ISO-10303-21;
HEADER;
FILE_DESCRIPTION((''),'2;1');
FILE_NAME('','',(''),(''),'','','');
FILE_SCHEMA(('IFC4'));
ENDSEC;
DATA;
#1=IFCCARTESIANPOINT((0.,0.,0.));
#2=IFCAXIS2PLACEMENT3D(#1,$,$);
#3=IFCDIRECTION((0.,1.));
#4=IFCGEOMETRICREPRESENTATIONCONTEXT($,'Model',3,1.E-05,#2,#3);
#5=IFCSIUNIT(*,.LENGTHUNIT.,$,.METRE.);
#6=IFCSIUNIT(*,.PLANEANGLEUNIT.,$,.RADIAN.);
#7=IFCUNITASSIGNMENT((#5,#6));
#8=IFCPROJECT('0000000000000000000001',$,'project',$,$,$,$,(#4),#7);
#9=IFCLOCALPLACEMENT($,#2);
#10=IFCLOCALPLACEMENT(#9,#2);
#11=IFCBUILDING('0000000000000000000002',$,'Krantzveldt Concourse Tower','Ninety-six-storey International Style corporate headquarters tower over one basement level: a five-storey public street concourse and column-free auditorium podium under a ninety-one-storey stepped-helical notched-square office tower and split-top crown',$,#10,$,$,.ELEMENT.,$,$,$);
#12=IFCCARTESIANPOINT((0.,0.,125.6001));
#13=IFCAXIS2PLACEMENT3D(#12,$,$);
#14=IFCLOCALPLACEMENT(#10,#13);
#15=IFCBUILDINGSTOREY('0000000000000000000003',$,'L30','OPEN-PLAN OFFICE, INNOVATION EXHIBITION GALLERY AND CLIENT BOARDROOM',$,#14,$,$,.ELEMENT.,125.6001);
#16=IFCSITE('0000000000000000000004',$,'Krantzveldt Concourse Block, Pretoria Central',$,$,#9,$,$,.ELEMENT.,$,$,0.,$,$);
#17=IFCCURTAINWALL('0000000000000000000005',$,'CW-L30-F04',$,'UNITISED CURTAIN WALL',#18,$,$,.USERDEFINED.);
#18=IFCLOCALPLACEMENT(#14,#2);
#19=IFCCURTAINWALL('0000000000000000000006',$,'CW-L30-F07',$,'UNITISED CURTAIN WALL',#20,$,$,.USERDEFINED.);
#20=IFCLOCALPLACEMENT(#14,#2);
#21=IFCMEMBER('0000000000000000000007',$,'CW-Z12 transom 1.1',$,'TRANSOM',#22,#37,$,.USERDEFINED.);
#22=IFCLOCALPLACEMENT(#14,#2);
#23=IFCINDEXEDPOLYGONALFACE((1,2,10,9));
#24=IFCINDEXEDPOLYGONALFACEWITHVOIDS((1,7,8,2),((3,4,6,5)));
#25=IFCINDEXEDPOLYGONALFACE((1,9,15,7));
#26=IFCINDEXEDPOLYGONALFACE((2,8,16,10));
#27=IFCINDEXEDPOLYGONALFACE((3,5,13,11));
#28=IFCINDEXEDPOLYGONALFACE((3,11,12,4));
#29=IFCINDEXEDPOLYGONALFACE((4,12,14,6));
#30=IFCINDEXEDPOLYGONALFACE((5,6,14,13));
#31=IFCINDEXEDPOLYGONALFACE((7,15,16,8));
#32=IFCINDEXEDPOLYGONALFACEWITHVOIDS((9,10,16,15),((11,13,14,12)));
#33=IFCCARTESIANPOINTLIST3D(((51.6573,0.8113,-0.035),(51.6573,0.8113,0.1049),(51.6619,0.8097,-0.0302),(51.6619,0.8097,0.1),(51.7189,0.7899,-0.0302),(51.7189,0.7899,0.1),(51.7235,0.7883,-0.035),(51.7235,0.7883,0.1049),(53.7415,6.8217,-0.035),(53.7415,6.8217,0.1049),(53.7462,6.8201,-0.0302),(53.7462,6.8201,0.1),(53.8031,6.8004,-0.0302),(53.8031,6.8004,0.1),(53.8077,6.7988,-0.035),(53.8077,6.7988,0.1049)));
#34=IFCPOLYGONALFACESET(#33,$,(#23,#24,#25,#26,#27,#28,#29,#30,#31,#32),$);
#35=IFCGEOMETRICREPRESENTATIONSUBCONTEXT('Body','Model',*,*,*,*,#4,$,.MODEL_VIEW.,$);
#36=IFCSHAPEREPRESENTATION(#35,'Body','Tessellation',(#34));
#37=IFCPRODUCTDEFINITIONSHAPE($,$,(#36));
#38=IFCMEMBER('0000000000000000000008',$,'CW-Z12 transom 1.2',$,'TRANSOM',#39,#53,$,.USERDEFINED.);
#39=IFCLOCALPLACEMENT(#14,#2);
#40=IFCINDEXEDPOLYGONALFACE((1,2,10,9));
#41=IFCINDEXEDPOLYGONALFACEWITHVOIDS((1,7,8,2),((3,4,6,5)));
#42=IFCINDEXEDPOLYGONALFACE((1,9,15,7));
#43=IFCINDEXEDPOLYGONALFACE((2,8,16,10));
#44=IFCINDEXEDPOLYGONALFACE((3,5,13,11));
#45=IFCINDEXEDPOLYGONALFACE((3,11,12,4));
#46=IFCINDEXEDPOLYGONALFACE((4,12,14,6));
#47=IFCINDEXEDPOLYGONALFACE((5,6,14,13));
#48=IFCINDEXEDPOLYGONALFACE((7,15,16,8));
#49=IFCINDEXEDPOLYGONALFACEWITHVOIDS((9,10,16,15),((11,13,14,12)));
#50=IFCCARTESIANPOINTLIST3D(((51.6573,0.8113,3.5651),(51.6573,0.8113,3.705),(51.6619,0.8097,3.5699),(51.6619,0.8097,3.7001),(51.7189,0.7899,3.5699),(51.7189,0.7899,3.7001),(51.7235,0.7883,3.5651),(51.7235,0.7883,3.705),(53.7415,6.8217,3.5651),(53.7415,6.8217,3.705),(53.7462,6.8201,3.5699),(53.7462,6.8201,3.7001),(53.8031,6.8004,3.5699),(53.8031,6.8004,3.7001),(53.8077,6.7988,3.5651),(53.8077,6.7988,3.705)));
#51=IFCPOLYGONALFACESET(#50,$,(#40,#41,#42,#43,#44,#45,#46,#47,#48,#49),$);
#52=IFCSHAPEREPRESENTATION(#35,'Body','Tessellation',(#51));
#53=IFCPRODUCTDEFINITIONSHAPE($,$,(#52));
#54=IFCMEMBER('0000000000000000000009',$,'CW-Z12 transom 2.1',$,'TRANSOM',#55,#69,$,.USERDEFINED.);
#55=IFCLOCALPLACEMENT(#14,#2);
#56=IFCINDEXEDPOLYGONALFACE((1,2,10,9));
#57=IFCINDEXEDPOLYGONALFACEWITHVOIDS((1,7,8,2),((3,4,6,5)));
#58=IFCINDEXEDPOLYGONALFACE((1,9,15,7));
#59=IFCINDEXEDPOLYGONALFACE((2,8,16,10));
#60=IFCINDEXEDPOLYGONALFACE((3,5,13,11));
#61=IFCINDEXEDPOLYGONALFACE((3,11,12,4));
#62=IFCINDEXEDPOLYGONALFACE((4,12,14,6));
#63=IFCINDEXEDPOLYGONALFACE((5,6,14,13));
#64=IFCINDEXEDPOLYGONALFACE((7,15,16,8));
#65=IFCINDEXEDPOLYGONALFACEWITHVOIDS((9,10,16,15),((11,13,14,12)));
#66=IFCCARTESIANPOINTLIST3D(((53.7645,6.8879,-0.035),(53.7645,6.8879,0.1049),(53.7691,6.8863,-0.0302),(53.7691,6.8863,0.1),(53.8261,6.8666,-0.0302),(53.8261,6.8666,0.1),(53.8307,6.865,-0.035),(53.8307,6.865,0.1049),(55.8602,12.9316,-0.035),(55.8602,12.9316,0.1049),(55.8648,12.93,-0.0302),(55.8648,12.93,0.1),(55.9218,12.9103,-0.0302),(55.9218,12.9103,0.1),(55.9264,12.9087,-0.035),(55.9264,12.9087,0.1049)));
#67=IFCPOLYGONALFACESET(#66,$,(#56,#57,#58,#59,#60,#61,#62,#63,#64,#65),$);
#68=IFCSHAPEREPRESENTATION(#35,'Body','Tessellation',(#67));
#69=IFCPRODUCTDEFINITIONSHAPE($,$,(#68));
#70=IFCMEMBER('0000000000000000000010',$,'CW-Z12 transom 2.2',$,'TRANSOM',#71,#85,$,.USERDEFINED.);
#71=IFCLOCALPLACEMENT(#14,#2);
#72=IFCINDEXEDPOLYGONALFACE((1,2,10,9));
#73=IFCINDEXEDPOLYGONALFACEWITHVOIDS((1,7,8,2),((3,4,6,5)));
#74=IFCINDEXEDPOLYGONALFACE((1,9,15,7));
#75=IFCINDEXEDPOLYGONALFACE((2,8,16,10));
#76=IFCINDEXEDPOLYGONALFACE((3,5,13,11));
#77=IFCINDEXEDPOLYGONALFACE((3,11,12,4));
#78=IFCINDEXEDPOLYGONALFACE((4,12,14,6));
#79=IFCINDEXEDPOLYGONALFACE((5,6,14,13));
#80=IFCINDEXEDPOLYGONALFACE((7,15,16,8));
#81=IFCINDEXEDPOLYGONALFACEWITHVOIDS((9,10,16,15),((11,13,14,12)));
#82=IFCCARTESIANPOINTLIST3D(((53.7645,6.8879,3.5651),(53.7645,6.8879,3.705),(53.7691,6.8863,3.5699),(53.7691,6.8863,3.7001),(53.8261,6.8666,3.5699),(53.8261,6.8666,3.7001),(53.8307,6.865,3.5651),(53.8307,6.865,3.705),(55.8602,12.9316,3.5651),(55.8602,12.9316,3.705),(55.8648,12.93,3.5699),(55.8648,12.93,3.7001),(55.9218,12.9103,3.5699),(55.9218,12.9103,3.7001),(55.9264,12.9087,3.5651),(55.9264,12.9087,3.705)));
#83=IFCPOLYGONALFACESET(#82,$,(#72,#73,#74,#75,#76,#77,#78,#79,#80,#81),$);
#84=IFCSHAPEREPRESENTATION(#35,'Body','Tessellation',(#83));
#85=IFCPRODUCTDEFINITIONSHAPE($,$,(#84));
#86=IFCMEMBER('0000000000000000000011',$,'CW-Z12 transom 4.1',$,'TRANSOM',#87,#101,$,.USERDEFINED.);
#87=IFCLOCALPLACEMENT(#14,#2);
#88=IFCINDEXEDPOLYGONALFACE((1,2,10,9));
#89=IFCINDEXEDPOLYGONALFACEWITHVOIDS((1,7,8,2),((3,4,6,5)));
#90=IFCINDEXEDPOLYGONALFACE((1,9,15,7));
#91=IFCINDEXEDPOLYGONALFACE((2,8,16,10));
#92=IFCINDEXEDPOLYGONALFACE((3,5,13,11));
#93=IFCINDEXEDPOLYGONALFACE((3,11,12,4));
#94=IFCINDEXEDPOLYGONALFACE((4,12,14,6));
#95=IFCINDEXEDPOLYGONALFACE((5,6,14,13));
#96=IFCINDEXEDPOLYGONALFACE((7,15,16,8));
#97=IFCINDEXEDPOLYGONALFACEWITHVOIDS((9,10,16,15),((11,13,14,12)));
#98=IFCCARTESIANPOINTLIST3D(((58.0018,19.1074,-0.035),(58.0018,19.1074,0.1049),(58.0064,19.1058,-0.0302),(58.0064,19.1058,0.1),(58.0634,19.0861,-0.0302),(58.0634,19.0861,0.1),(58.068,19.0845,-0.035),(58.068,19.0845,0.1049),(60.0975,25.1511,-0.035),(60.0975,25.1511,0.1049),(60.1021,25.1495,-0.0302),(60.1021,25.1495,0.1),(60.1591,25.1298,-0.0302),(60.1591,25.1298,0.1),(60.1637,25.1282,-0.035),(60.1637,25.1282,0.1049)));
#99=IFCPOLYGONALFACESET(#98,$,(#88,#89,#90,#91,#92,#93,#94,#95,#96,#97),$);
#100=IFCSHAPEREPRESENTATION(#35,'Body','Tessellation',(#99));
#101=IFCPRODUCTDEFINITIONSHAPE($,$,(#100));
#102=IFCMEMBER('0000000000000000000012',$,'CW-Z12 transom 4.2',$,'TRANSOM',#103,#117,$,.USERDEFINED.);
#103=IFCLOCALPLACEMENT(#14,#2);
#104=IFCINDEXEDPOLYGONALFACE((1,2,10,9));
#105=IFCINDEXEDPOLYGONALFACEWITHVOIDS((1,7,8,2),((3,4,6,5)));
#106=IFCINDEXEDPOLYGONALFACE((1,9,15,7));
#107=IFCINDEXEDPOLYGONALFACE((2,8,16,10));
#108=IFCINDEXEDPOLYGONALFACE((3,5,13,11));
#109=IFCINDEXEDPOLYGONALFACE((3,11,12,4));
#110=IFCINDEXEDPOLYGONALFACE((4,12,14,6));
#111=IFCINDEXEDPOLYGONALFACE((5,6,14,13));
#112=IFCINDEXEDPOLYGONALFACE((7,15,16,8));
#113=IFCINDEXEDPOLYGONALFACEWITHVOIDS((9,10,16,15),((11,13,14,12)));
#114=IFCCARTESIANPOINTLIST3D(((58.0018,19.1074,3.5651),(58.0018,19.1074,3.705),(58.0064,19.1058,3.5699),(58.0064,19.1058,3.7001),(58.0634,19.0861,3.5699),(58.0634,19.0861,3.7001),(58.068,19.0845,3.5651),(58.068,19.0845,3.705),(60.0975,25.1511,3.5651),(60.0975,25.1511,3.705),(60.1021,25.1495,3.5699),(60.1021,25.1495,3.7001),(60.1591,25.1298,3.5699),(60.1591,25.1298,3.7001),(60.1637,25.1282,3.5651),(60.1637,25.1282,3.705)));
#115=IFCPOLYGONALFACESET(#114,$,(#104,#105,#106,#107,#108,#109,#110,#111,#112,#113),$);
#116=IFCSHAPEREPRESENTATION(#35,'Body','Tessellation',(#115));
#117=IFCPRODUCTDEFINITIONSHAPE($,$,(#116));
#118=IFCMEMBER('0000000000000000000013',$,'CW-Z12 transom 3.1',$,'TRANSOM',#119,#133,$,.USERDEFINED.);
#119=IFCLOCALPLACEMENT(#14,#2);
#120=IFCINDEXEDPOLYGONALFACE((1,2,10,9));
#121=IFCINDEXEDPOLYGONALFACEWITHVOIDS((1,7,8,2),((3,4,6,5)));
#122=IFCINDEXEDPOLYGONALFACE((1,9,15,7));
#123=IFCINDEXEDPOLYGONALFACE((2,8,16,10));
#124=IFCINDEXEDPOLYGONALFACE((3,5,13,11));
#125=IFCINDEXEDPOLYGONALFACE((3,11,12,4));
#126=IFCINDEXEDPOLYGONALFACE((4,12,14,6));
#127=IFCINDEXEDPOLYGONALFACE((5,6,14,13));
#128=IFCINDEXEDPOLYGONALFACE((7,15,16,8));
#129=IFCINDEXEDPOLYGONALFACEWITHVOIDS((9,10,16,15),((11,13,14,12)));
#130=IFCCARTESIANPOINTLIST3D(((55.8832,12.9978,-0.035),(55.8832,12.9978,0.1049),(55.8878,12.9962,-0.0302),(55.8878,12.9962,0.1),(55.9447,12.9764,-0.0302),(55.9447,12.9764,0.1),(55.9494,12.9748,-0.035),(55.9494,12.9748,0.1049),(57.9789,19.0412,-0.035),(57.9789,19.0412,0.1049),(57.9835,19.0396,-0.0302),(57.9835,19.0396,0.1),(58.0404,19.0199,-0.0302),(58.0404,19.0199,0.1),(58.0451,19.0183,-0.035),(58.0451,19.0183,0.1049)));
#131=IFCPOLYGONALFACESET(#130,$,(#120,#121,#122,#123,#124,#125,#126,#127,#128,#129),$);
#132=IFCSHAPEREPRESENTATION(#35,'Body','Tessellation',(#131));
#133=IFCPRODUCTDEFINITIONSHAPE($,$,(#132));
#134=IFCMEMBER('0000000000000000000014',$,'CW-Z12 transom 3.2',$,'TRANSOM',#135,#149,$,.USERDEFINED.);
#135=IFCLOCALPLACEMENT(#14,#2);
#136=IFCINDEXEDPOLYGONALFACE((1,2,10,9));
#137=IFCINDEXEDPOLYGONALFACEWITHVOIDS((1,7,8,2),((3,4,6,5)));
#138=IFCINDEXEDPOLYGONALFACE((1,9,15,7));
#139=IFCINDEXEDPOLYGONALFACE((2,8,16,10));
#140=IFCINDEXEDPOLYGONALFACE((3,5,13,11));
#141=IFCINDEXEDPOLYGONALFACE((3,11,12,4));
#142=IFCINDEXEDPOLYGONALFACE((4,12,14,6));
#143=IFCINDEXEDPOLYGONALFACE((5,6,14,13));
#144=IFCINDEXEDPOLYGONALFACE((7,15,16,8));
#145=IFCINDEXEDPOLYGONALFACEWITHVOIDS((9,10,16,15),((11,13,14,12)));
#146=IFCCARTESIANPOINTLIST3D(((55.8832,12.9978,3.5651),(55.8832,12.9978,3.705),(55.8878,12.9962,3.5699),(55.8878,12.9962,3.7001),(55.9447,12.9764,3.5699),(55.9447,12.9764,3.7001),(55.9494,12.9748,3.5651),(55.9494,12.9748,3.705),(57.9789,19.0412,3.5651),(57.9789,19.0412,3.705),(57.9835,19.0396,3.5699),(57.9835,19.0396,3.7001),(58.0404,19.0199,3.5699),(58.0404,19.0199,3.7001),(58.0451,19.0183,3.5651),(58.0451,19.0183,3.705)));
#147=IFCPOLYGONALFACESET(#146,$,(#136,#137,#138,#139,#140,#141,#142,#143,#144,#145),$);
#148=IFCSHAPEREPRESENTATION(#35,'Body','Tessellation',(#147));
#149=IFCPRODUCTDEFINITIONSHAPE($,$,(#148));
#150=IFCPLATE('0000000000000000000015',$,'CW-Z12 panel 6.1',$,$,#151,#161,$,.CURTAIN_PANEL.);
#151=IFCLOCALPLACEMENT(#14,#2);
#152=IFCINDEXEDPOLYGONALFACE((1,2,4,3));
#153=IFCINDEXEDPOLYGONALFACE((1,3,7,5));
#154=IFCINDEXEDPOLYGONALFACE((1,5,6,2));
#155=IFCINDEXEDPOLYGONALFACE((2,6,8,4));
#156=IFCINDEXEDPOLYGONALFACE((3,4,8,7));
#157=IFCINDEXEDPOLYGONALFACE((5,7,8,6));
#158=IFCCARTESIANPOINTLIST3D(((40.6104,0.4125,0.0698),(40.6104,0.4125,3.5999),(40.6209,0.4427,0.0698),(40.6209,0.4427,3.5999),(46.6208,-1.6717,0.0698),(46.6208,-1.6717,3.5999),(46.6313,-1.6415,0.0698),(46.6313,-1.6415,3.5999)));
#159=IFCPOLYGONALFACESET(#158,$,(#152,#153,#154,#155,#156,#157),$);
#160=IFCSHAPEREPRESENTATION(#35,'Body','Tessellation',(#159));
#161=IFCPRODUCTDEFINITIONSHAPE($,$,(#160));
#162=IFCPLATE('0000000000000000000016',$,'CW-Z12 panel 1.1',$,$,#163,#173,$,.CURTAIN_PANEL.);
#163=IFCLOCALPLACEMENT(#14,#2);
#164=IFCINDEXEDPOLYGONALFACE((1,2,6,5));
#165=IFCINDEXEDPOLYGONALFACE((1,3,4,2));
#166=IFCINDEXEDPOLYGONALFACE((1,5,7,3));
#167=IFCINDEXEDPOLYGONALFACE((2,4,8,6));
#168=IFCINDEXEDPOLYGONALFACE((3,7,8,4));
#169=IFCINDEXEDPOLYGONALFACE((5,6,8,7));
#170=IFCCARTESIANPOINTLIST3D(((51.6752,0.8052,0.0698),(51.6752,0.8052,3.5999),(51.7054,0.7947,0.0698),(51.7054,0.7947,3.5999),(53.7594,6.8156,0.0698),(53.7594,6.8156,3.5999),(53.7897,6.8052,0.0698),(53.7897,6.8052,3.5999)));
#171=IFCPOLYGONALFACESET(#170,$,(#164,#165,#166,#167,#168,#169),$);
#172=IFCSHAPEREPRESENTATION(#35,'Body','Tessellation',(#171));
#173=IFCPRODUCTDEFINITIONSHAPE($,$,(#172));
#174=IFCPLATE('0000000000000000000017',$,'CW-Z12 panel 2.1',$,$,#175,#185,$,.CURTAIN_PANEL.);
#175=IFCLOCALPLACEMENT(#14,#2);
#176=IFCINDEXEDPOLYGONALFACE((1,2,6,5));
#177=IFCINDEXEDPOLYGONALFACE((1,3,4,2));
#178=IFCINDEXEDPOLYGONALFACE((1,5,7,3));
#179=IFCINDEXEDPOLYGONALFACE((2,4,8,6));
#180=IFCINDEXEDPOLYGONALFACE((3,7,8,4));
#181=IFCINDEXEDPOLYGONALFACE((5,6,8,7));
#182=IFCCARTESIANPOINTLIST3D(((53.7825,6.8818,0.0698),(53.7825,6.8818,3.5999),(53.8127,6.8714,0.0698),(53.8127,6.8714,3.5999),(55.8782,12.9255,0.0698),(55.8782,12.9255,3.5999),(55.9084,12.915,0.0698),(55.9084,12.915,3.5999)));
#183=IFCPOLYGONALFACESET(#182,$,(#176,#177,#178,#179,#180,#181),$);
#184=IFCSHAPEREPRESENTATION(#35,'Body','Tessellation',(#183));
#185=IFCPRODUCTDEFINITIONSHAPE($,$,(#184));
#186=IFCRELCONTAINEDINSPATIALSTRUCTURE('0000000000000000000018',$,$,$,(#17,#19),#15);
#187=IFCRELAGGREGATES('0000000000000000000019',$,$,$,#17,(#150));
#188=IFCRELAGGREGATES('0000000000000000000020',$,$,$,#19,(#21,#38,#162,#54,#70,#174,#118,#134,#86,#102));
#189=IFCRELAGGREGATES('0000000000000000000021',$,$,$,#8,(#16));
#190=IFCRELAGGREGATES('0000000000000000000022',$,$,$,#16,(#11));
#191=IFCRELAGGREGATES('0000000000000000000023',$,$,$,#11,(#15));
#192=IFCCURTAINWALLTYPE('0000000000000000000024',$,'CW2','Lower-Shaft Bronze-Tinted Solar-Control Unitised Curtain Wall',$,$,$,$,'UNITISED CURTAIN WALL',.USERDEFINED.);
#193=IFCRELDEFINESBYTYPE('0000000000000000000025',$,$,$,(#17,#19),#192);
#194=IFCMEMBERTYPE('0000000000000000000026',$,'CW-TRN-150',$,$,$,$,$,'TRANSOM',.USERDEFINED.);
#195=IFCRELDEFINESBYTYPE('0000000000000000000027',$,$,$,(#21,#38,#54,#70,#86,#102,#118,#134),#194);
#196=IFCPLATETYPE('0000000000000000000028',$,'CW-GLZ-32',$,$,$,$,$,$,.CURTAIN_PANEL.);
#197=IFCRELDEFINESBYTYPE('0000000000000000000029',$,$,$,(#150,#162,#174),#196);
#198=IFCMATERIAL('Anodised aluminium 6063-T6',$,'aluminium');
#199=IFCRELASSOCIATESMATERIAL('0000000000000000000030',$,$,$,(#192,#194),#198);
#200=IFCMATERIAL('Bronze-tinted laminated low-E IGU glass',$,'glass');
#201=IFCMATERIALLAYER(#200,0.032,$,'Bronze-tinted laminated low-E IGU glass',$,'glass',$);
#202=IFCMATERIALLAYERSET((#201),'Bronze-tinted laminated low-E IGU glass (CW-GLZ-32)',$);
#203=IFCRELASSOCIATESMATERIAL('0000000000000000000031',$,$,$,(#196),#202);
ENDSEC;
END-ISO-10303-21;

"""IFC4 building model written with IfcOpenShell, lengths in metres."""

from ifc_helpers import new_model, si_unit, direction, frame, origin, origin_2d, place, context, subcontext, project, spatial, rectangle, hollow_rectangle, extrude, source, transform, mapped, material, layer, layer_set, material_profile, profile_set, type_object, type_shapes, element, aggregate, save


model = new_model("IFC4")

# Units and contexts
model_context = context("Model", 3, precision=1e-05, world=origin(), true_north=direction((0.0, 1.0)))
body_context = subcontext(model_context, "Body", "Model", "MODEL_VIEW")
ifc_project = project(units=[si_unit("LENGTHUNIT", "METRE"), si_unit("PLANEANGLEUNIT", "RADIAN")], contexts=[model_context])

# Site, building, storey
site_placement = place(None, origin())
site = spatial("IfcSite", under=ifc_project, at=site_placement, Name="Krantzveldt Concourse Block, Pretoria Central", CompositionType="ELEMENT", RefElevation=0.0)
building_placement = place(site_placement, origin())
building = spatial("IfcBuilding", under=site, at=building_placement, Name="Krantzveldt Concourse Tower", Description="Ninety-six-storey International Style corporate headquarters tower over one basement level: a five-storey public street concourse and column-free auditorium podium under a ninety-one-storey stepped-helical notched-square office tower and split-top crown", CompositionType="ELEMENT")
storey_placement = place(building_placement, frame((0.0, 0.0, 125.6001)))
storey = spatial("IfcBuildingStorey", under=building, at=storey_placement, Name="L30", Description="OPEN-PLAN OFFICE, INNOVATION EXHIBITION GALLERY AND CLIENT BOARDROOM", CompositionType="ELEMENT", Elevation=125.6001)

# Curtain wall
ifc_material_1 = material(Name="Anodised aluminium 6063-T6", Category="aluminium")
curtain_wall_type = type_object("IfcCurtainWallType", Name="CW2", Description="Lower-Shaft Bronze-Tinted Solar-Control Unitised Curtain Wall", ElementType="UNITISED CURTAIN WALL", PredefinedType="USERDEFINED", material=ifc_material_1)
curtain_wall_1_placement = place(storey_placement, origin())
curtain_wall_1 = element("IfcCurtainWall", 1, at=curtain_wall_1_placement, inside=storey, type_object=curtain_wall_type, Name="CW-L30-F04", ObjectType="UNITISED CURTAIN WALL", PredefinedType="USERDEFINED")

# Curtain wall, members
curtain_wall_2_placement = place(storey_placement, origin())
curtain_wall_2 = element("IfcCurtainWall", 2, at=curtain_wall_2_placement, inside=storey, type_object=curtain_wall_type, Name="CW-L30-F07", ObjectType="UNITISED CURTAIN WALL", PredefinedType="USERDEFINED")
ifc_material_profile_1 = material_profile(ifc_material_1, hollow_rectangle(XDim=0.0701, YDim=0.1399, WallThickness=0.0049, at=origin_2d()), Name="Anodised aluminium 6063-T6", Category="aluminium")
ifc_profile_set_1 = profile_set([ifc_material_profile_1], Name="Anodised aluminium 6063-T6 - ALU-TRAN 140x70x5")
member_type_1 = type_object("IfcMemberType", Name="CW-TRN-150", ElementType="TRANSOM", PredefinedType="USERDEFINED", material=ifc_profile_set_1)
shared_shape_1 = source(origin(), body_context, "Body", "SweptSolid", [
    extrude(hollow_rectangle(XDim=0.0701, YDim=0.1399, WallThickness=0.0049, at=origin_2d()), origin(), (0.0, 0.0, 1.0), 6.3616),
])
member_1_placement = place(storey_placement, frame((51.6904, 0.7998, 0.0349), z_axis=(0.327626, 0.944808, 0.0), x_axis=(-0.944808, 0.327626, 0.0)))
member_1 = element("IfcMember", 3, at=member_1_placement, type_object=member_type_1, Name="CW-Z12 transom 1.1", ObjectType="TRANSOM", PredefinedType="USERDEFINED", context=body_context, shape_type="MappedRepresentation", body=[
    mapped(shared_shape_1, transform((0.0, 0.0, 0.0), x_axis=(1.0, 0.0, 0.0), y_axis=(0.0, 1.0, 0.0), z_axis=(0.0, 0.0, 1.0), scale=1.0)),
])
member_2_placement = place(storey_placement, frame((51.6904, 0.7998, 3.635), z_axis=(0.327626, 0.944808, 0.0), x_axis=(-0.944808, 0.327626, 0.0)))
member_2 = element("IfcMember", 4, at=member_2_placement, type_object=member_type_1, Name="CW-Z12 transom 1.2", ObjectType="TRANSOM", PredefinedType="USERDEFINED", context=body_context, shape_type="MappedRepresentation", body=[
    mapped(shared_shape_1, transform((0.0, 0.0, 0.0), x_axis=(1.0, 0.0, 0.0), y_axis=(0.0, 1.0, 0.0), z_axis=(0.0, 0.0, 1.0), scale=1.0)),
])
shared_shape_2 = source(origin(), body_context, "Body", "SweptSolid", [
    extrude(hollow_rectangle(XDim=0.0701, YDim=0.1399, WallThickness=0.0049, at=origin_2d()), origin(), (0.0, 0.0, 1.0), 6.3967),
])
member_3_placement = place(storey_placement, frame((53.7976, 6.8765, 0.0349), z_axis=(0.32762, 0.944809, 0.0), x_axis=(-0.944809, 0.32762, 0.0)))
member_3 = element("IfcMember", 5, at=member_3_placement, type_object=member_type_1, Name="CW-Z12 transom 2.1", ObjectType="TRANSOM", PredefinedType="USERDEFINED", context=body_context, shape_type="MappedRepresentation", body=[
    mapped(shared_shape_2, transform((0.0, 0.0, 0.0), x_axis=(1.0, 0.0, 0.0), y_axis=(0.0, 1.0, 0.0), z_axis=(0.0, 0.0, 1.0), scale=1.0)),
])
member_4_placement = place(storey_placement, frame((53.7976, 6.8765, 3.635), z_axis=(0.32762, 0.944809, 0.0), x_axis=(-0.944809, 0.32762, 0.0)))
member_4 = element("IfcMember", 6, at=member_4_placement, type_object=member_type_1, Name="CW-Z12 transom 2.2", ObjectType="TRANSOM", PredefinedType="USERDEFINED", context=body_context, shape_type="MappedRepresentation", body=[
    mapped(shared_shape_2, transform((0.0, 0.0, 0.0), x_axis=(1.0, 0.0, 0.0), y_axis=(0.0, 1.0, 0.0), z_axis=(0.0, 0.0, 1.0), scale=1.0)),
])
member_5_placement = place(storey_placement, frame((58.0349, 19.0959, 0.0349), z_axis=(0.32762, 0.944809, 0.0), x_axis=(-0.944809, 0.32762, 0.0)))
member_5 = element("IfcMember", 7, at=member_5_placement, type_object=member_type_1, Name="CW-Z12 transom 4.1", ObjectType="TRANSOM", PredefinedType="USERDEFINED", context=body_context, shape_type="MappedRepresentation", body=[
    mapped(shared_shape_2, transform((0.0, 0.0, 0.0), x_axis=(1.0, 0.0, 0.0), y_axis=(0.0, 1.0, 0.0), z_axis=(0.0, 0.0, 1.0), scale=1.0)),
])
member_6_placement = place(storey_placement, frame((58.0349, 19.0959, 3.635), z_axis=(0.32762, 0.944809, 0.0), x_axis=(-0.944809, 0.32762, 0.0)))
member_6 = element("IfcMember", 8, at=member_6_placement, type_object=member_type_1, Name="CW-Z12 transom 4.2", ObjectType="TRANSOM", PredefinedType="USERDEFINED", context=body_context, shape_type="MappedRepresentation", body=[
    mapped(shared_shape_2, transform((0.0, 0.0, 0.0), x_axis=(1.0, 0.0, 0.0), y_axis=(0.0, 1.0, 0.0), z_axis=(0.0, 0.0, 1.0), scale=1.0)),
])
shared_shape_3 = source(origin(), body_context, "Body", "SweptSolid", [
    extrude(hollow_rectangle(XDim=0.0701, YDim=0.1399, WallThickness=0.0049, at=origin_2d()), origin(), (0.0, 0.0, 1.0), 6.3965),
])
type_shapes(member_type_1, [shared_shape_1, shared_shape_2, shared_shape_3])
member_7_placement = place(storey_placement, frame((55.9163, 12.9863, 0.0349), z_axis=(0.327632, 0.944805, 0.0), x_axis=(-0.944805, 0.327632, 0.0)))
member_7 = element("IfcMember", 9, at=member_7_placement, type_object=member_type_1, Name="CW-Z12 transom 3.1", ObjectType="TRANSOM", PredefinedType="USERDEFINED", context=body_context, shape_type="MappedRepresentation", body=[
    mapped(shared_shape_3, transform((0.0, 0.0, 0.0), x_axis=(1.0, 0.0, 0.0), y_axis=(0.0, 1.0, 0.0), z_axis=(0.0, 0.0, 1.0), scale=1.0)),
])
member_8_placement = place(storey_placement, frame((55.9163, 12.9863, 3.635), z_axis=(0.327632, 0.944805, 0.0), x_axis=(-0.944805, 0.327632, 0.0)))
member_8 = element("IfcMember", 10, at=member_8_placement, type_object=member_type_1, Name="CW-Z12 transom 3.2", ObjectType="TRANSOM", PredefinedType="USERDEFINED", context=body_context, shape_type="MappedRepresentation", body=[
    mapped(shared_shape_3, transform((0.0, 0.0, 0.0), x_axis=(1.0, 0.0, 0.0), y_axis=(0.0, 1.0, 0.0), z_axis=(0.0, 0.0, 1.0), scale=1.0)),
])

# Plates
ifc_material_2 = material(Name="Bronze-tinted laminated low-E IGU glass", Category="glass")
ifc_layer_1 = layer(ifc_material_2, 0.032, Name="Bronze-tinted laminated low-E IGU glass", Category="glass")
ifc_layer_set_1 = layer_set([ifc_layer_1], Name="Bronze-tinted laminated low-E IGU glass (CW-GLZ-32)")
plate_type = type_object("IfcPlateType", Name="CW-GLZ-32", PredefinedType="CURTAIN_PANEL", material=ifc_layer_set_1)
shared_shape_4 = source(origin(), body_context, "Body", "SweptSolid", [
    extrude(rectangle(XDim=6.3616, YDim=0.032, at=origin_2d()), origin(), (0.0, 0.0, 1.0), 3.53),
])
plate_1_placement = place(storey_placement, frame((43.6208, -0.6145, 0.0698), z_axis=(0.0, 0.0, 1.0), x_axis=(0.944806, -0.32763, 0.0)))
plate_1 = element("IfcPlate", 11, at=plate_1_placement, type_object=plate_type, Name="CW-Z12 panel 6.1", PredefinedType="CURTAIN_PANEL", context=body_context, shape_type="MappedRepresentation", body=[
    mapped(shared_shape_4, transform((0.0, 0.0, 0.0), x_axis=(1.0, 0.0, 0.0), y_axis=(0.0, 1.0, 0.0), z_axis=(0.0, 0.0, 1.0), scale=1.0)),
])
aggregate(curtain_wall_1, [plate_1])
plate_2_placement = place(storey_placement, frame((52.7324, 3.8052, 0.0698), z_axis=(0.0, 0.0, 1.0), x_axis=(0.32763, 0.944806, 0.0)))
plate_2 = element("IfcPlate", 12, at=plate_2_placement, type_object=plate_type, Name="CW-Z12 panel 1.1", PredefinedType="CURTAIN_PANEL", context=body_context, shape_type="MappedRepresentation", body=[
    mapped(shared_shape_4, transform((0.0, 0.0, 0.0), x_axis=(1.0, 0.0, 0.0), y_axis=(0.0, 1.0, 0.0), z_axis=(0.0, 0.0, 1.0), scale=1.0)),
])
shared_shape_5 = source(origin(), body_context, "Body", "SweptSolid", [
    extrude(rectangle(XDim=6.3967, YDim=0.032, at=origin_2d()), origin(), (0.0, 0.0, 1.0), 3.53),
])
type_shapes(plate_type, [shared_shape_4, shared_shape_5])
plate_3_placement = place(storey_placement, frame((54.8455, 9.8984, 0.0698), z_axis=(0.0, 0.0, 1.0), x_axis=(0.32763, 0.944806, 0.0)))
plate_3 = element("IfcPlate", 13, at=plate_3_placement, type_object=plate_type, Name="CW-Z12 panel 2.1", PredefinedType="CURTAIN_PANEL", context=body_context, shape_type="MappedRepresentation", body=[
    mapped(shared_shape_5, transform((0.0, 0.0, 0.0), x_axis=(1.0, 0.0, 0.0), y_axis=(0.0, 1.0, 0.0), z_axis=(0.0, 0.0, 1.0), scale=1.0)),
])
aggregate(curtain_wall_2, [member_1, member_2, plate_2, member_3, member_4, plate_3, member_7, member_8, member_5, member_6])

save(model, "model.ifc")
